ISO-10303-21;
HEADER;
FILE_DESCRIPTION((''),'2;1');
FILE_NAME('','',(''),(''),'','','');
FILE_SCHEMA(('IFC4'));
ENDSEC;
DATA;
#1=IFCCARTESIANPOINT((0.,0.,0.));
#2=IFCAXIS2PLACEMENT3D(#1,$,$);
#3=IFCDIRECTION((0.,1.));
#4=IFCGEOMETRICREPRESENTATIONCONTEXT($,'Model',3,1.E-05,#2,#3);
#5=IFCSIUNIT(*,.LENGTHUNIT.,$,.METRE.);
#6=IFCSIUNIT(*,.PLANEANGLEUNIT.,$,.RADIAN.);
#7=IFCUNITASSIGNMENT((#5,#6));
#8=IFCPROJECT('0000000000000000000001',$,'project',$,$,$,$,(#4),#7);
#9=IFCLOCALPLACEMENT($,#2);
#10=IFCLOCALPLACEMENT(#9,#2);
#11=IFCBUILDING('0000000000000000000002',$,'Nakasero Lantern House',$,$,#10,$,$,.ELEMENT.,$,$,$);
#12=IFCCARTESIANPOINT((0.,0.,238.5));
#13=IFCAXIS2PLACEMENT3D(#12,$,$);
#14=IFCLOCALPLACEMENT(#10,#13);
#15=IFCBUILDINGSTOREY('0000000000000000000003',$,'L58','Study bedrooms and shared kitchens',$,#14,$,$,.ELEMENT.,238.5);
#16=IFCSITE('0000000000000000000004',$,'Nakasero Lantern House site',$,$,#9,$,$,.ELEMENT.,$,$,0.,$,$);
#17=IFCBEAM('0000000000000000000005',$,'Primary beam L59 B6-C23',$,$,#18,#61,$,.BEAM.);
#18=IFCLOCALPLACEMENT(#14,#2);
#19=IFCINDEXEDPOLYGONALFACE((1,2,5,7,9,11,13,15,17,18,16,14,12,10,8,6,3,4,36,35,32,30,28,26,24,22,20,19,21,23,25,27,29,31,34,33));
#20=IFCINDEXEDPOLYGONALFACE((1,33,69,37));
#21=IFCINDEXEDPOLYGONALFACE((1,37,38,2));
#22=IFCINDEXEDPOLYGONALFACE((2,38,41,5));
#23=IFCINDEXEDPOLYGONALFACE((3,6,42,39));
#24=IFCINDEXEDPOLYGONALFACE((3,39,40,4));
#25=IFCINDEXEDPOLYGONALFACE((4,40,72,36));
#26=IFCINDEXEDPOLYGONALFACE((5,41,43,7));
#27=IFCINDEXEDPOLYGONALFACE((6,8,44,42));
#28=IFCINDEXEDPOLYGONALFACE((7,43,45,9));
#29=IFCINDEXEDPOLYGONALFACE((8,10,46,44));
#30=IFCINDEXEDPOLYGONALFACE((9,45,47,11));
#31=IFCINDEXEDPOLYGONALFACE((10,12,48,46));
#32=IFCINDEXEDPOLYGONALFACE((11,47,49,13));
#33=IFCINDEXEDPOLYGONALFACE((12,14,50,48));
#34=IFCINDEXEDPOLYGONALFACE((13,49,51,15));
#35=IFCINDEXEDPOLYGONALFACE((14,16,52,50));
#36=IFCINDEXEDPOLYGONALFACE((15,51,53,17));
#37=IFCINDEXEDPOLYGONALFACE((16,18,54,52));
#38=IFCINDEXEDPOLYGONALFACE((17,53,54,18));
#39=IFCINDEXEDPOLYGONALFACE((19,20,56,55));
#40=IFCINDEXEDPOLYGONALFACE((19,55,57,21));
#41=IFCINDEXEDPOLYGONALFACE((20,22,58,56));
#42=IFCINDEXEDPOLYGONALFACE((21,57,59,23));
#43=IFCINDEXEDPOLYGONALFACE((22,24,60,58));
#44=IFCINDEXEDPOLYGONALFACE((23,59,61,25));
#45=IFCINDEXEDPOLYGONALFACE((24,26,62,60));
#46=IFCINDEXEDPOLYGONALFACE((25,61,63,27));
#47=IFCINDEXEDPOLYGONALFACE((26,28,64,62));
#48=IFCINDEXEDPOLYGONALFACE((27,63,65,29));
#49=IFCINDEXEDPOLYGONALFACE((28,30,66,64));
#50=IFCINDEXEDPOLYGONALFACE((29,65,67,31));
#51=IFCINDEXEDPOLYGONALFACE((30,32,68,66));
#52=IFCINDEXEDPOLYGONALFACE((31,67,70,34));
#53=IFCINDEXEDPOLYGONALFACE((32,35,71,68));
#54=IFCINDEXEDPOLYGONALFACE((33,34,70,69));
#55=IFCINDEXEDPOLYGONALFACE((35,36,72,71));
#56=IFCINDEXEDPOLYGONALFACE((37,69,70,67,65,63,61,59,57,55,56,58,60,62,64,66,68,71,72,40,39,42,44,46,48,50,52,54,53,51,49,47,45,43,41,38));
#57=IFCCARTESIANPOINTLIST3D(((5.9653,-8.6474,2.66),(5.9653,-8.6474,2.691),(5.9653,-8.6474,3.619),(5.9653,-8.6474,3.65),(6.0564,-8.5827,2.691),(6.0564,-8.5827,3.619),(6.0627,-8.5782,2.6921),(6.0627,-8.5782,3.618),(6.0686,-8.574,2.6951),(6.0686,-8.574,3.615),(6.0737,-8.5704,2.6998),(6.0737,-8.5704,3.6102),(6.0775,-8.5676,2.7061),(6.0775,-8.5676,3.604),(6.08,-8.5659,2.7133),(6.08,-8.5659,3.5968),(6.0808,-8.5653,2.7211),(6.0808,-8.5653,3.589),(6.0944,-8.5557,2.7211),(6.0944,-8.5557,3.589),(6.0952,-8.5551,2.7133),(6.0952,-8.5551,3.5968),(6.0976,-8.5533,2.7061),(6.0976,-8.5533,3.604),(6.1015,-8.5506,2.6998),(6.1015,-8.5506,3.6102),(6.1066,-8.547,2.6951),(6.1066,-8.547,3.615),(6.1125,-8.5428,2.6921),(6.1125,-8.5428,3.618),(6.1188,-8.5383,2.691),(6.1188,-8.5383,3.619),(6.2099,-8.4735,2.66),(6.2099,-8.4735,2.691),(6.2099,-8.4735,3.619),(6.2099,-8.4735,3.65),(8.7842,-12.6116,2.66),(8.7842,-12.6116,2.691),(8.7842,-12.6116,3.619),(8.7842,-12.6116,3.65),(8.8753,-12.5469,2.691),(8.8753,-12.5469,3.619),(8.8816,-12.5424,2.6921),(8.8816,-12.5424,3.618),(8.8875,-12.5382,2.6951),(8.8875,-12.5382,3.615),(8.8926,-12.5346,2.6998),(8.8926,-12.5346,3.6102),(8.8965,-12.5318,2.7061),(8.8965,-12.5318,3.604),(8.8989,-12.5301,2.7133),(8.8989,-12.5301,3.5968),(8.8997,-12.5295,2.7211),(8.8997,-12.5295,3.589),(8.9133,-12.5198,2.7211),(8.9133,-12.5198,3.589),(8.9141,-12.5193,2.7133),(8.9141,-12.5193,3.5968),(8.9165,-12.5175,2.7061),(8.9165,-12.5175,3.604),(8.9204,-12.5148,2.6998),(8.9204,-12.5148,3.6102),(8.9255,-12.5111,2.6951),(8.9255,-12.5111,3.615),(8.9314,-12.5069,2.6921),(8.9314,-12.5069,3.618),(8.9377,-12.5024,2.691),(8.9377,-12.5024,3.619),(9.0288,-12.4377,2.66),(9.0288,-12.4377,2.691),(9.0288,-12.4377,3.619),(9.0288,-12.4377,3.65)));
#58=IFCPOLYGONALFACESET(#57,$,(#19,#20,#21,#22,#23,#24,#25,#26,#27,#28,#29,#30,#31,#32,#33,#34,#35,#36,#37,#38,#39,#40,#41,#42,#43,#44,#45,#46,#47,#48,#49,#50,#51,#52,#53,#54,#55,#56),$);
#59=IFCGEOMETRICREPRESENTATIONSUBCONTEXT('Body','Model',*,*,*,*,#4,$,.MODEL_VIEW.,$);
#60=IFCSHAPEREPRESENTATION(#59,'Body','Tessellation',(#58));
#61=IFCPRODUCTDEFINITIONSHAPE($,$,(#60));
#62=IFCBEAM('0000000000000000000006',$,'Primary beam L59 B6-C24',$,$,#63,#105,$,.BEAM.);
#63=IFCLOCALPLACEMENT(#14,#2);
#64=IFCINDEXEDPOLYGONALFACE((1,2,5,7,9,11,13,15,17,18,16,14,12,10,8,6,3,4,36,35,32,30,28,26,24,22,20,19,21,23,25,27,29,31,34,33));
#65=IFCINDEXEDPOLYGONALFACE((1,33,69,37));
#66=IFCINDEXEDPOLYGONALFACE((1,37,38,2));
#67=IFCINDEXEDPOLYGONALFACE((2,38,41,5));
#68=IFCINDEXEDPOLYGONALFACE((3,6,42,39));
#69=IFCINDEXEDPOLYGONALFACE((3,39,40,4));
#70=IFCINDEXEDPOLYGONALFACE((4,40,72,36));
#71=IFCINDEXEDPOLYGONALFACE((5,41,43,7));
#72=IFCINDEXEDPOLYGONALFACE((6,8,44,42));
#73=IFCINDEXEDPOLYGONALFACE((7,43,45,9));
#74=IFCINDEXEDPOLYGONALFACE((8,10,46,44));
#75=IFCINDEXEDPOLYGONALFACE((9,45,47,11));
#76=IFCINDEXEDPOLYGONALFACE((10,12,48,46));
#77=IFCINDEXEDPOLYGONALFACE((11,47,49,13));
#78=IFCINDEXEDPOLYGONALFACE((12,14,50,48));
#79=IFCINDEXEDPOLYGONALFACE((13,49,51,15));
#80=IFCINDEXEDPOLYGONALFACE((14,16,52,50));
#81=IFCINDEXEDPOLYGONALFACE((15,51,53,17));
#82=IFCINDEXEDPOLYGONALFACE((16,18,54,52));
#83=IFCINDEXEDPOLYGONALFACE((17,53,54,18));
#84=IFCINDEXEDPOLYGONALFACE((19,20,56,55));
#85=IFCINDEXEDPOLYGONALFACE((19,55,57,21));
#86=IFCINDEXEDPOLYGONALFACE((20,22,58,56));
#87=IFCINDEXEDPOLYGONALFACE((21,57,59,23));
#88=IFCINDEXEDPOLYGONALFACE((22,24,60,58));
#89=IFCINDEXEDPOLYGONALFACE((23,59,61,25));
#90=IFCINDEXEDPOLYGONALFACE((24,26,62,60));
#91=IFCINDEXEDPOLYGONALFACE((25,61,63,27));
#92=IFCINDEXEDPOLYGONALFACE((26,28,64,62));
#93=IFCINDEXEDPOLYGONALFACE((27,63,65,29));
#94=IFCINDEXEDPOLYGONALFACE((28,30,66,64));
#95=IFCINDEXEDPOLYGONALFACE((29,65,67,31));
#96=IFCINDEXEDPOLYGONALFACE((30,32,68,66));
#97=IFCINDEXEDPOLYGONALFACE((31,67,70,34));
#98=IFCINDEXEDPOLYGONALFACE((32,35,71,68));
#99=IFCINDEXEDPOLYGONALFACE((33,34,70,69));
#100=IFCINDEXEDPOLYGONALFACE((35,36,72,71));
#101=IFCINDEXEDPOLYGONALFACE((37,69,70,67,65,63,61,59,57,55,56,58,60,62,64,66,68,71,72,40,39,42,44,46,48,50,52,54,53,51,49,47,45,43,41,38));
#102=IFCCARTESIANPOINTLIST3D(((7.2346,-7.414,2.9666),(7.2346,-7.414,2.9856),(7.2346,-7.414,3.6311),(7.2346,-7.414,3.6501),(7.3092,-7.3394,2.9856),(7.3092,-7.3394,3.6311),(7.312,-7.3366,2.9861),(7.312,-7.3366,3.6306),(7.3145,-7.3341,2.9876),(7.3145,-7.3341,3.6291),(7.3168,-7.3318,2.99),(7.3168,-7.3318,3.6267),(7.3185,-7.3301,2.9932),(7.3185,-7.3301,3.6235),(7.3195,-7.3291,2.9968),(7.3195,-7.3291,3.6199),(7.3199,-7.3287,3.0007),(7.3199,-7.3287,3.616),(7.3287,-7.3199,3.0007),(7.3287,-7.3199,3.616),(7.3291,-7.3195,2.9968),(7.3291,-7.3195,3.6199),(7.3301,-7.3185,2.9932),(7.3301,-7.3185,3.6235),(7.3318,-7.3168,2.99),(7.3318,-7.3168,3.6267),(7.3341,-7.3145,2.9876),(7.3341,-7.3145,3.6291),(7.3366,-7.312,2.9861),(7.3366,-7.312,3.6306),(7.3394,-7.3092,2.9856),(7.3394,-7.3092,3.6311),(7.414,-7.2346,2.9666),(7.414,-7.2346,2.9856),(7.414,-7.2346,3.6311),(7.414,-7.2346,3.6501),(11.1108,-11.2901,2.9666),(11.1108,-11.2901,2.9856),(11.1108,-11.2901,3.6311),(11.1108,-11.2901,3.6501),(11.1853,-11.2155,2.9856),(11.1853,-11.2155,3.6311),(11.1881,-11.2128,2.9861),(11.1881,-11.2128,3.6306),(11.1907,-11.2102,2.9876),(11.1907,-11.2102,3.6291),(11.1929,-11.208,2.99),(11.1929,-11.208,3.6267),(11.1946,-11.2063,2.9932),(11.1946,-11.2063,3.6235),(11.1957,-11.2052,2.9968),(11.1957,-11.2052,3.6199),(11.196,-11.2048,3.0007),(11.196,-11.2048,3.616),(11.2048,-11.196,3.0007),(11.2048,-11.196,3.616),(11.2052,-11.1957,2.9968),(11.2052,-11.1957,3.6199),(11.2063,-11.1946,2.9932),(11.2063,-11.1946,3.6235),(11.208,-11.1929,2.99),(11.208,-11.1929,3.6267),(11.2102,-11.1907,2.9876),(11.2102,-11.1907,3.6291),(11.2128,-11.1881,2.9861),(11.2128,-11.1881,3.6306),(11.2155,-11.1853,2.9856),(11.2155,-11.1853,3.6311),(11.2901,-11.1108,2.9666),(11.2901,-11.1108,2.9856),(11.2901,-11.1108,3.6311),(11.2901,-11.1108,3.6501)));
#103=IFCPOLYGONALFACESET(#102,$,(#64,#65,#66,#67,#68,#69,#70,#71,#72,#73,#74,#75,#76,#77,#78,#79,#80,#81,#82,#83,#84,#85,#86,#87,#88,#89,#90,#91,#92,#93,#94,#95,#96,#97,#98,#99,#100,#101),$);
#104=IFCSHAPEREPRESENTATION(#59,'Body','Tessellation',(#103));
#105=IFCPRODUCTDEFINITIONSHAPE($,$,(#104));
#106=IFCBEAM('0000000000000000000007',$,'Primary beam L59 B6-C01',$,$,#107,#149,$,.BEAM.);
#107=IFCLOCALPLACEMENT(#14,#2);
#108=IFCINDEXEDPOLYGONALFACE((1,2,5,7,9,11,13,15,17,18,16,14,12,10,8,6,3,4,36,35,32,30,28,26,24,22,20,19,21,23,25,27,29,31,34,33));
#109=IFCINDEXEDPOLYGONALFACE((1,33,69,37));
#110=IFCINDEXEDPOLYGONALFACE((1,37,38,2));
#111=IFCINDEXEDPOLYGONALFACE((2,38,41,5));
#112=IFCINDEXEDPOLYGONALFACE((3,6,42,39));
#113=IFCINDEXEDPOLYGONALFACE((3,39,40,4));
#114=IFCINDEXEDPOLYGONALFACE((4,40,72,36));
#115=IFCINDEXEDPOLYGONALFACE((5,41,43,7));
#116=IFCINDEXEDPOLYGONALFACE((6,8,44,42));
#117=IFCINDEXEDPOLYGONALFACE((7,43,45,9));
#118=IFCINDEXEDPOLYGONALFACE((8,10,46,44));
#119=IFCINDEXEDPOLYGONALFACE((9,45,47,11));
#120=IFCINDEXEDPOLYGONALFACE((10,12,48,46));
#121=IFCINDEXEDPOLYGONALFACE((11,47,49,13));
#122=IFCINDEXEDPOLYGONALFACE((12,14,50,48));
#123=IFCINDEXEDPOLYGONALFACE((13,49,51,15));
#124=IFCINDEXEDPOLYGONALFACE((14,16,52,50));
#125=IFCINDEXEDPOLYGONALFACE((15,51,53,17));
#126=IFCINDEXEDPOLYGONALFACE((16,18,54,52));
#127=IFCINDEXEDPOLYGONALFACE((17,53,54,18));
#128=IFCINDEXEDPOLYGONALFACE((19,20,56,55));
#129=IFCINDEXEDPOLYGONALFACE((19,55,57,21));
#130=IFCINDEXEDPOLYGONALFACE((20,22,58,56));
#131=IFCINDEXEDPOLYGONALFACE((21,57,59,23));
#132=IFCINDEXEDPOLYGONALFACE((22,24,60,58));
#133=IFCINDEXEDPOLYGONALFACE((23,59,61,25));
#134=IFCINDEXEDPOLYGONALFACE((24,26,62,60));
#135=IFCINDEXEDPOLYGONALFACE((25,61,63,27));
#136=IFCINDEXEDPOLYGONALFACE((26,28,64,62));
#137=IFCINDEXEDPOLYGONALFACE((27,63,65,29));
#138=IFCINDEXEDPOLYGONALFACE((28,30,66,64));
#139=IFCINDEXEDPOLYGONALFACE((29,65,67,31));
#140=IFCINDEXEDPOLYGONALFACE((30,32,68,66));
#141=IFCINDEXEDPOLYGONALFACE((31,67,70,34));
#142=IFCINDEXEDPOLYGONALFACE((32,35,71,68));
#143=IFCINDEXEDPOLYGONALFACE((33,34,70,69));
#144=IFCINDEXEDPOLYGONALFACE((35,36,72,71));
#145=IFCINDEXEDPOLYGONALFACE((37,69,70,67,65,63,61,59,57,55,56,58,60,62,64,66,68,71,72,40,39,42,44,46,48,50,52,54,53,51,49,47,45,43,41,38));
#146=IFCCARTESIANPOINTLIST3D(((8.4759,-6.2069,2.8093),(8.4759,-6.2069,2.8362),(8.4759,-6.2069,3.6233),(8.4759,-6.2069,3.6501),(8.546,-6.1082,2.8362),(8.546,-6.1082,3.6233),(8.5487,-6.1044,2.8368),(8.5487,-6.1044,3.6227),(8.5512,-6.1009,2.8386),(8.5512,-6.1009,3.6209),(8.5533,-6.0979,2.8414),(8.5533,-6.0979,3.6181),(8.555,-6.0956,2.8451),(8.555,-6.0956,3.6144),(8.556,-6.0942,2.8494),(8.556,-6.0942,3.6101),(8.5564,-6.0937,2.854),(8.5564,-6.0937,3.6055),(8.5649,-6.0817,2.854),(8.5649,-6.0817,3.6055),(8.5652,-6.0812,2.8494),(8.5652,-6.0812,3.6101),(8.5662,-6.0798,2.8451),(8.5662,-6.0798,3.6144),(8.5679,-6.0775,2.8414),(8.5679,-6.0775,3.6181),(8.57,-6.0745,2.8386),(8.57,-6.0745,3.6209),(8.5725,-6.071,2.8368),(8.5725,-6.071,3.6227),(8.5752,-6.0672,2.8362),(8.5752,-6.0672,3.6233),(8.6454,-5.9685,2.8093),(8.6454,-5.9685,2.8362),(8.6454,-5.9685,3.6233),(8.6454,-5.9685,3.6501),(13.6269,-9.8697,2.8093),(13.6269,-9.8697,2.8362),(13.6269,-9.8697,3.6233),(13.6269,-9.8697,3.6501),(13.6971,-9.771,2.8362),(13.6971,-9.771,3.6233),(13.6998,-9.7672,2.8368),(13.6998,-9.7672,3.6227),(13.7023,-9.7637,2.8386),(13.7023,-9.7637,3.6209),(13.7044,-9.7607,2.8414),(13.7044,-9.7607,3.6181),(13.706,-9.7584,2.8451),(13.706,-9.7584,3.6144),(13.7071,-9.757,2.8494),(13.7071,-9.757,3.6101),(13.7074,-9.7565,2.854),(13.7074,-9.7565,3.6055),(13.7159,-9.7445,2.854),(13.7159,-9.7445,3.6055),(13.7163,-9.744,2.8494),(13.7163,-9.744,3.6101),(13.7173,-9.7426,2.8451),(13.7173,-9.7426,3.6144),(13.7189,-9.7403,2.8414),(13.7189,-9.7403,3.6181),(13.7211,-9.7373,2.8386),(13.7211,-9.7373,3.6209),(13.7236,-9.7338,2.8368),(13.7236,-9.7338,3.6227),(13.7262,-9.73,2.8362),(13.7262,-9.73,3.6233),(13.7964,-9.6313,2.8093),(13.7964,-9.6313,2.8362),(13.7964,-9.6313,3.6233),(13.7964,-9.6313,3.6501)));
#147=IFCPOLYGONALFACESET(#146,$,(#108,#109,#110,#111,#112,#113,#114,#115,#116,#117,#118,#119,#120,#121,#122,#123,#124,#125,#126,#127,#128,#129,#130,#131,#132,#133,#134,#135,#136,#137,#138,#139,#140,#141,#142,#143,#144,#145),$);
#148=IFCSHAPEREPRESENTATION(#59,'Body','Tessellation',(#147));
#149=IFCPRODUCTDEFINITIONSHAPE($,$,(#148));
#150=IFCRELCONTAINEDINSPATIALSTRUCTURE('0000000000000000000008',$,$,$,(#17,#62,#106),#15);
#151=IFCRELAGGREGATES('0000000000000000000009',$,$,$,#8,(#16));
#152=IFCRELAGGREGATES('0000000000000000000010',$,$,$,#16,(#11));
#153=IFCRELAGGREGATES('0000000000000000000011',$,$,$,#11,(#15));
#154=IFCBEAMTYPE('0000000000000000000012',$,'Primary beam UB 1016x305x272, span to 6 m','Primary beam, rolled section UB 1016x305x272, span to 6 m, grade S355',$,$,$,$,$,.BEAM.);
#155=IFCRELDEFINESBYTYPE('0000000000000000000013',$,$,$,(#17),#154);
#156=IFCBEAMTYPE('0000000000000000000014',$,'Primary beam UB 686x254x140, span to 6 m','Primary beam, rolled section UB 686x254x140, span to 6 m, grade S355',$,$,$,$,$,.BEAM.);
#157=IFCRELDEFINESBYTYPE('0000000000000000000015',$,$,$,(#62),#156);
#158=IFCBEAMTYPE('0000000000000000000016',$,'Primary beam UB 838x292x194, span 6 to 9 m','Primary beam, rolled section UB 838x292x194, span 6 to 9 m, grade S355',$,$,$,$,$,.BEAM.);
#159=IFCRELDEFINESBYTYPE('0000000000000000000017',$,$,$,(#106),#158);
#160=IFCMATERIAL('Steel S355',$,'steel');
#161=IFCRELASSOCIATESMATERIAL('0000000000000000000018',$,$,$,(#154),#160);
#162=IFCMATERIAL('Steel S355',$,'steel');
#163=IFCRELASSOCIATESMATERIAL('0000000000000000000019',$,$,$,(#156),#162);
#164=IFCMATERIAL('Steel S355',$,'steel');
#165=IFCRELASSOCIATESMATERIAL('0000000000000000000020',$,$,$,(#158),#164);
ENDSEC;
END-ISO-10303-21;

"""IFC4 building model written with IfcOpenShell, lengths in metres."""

from ifc_helpers import new_model, si_unit, direction, frame, origin, origin_2d, place, context, subcontext, project, spatial, i_section, extrude, material, material_profile, profile_set, type_object, element, save


model = new_model("IFC4")

# Units and contexts
model_context = context("Model", 3, precision=1e-05, world=origin(), true_north=direction((0.0, 1.0)))
body_context = subcontext(model_context, "Body", "Model", "MODEL_VIEW")
ifc_project = project(units=[si_unit("LENGTHUNIT", "METRE"), si_unit("PLANEANGLEUNIT", "RADIAN")], contexts=[model_context])

# Site, building, storey
site_placement = place(None, origin())
site = spatial("IfcSite", under=ifc_project, at=site_placement, Name="Nakasero Lantern House site", CompositionType="ELEMENT", RefElevation=0.0)
building_placement = place(site_placement, origin())
building = spatial("IfcBuilding", under=site, at=building_placement, Name="Nakasero Lantern House", CompositionType="ELEMENT")
storey_placement = place(building_placement, frame((0.0, 0.0, 238.5)))
storey = spatial("IfcBuildingStorey", under=building, at=storey_placement, Name="L58", Description="Study bedrooms and shared kitchens", CompositionType="ELEMENT", Elevation=238.5)

# Beams
ifc_material_1 = material(Name="Steel S355", Category="steel")
ifc_material_profile_1 = material_profile(ifc_material_1, i_section(OverallWidth=0.3, OverallDepth=0.99, WebThickness=0.0166, FlangeThickness=0.031, FilletRadius=0.03, at=origin_2d()), Name="UB 1016x305x272")
ifc_profile_set_1 = profile_set([ifc_material_profile_1], Name="Steel S355")
beam_type_1 = type_object("IfcBeamType", Name="Primary beam UB 1016x305x272, span to 6 m", Description="Primary beam, rolled section UB 1016x305x272, span to 6 m, grade S355", PredefinedType="BEAM", material=ifc_profile_set_1)
beam_1_placement = place(storey_placement, frame((8.9065, -12.5247, 3.155), z_axis=(-0.579513, 0.814963, 0.0), x_axis=(-0.814963, -0.579513, 0.0)))
element("IfcBeam", 1, at=beam_1_placement, inside=storey, type_object=beam_type_1, Name="Primary beam L59 B6-C23", PredefinedType="BEAM", context=body_context, shape_type="SweptSolid", body=[
    extrude(i_section(OverallWidth=0.3, OverallDepth=0.99, WebThickness=0.0166, FlangeThickness=0.031, FilletRadius=0.03, at=origin_2d()), origin(), (0.0, 0.0, 1.0), 4.8643),
])
ifc_material_2 = material(Name="Steel S355", Category="steel")
ifc_material_profile_2 = material_profile(ifc_material_2, i_section(OverallWidth=0.2537, OverallDepth=0.6836, WebThickness=0.0125, FlangeThickness=0.019, FilletRadius=0.0151, at=origin_2d()), Name="UB 686x254x140")
ifc_profile_set_2 = profile_set([ifc_material_profile_2], Name="Steel S355")
beam_type_2 = type_object("IfcBeamType", Name="Primary beam UB 686x254x140, span to 6 m", Description="Primary beam, rolled section UB 686x254x140, span to 6 m, grade S355", PredefinedType="BEAM", material=ifc_profile_set_2)
beam_2_placement = place(storey_placement, frame((11.2004, -11.2004, 3.3083), z_axis=(-0.707107, 0.707107, 0.0), x_axis=(-0.707107, -0.707107, 0.0)))
element("IfcBeam", 2, at=beam_2_placement, inside=storey, type_object=beam_type_2, Name="Primary beam L59 B6-C24", PredefinedType="BEAM", context=body_context, shape_type="SweptSolid", body=[
    extrude(i_section(OverallWidth=0.2537, OverallDepth=0.6836, WebThickness=0.0125, FlangeThickness=0.019, FilletRadius=0.0151, at=origin_2d()), origin(), (0.0, 0.0, 1.0), 5.4817),
])
ifc_material_3 = material(Name="Steel S355", Category="steel")
ifc_material_profile_3 = material_profile(ifc_material_3, i_section(OverallWidth=0.2925, OverallDepth=0.8408, WebThickness=0.0146, FlangeThickness=0.0269, FilletRadius=0.0178, at=origin_2d()), Name="UB 838x292x194")
ifc_profile_set_3 = profile_set([ifc_material_profile_3], Name="Steel S355")
beam_type_3 = type_object("IfcBeamType", Name="Primary beam UB 838x292x194, span 6 to 9 m", Description="Primary beam, rolled section UB 838x292x194, span 6 to 9 m, grade S355", PredefinedType="BEAM", material=ifc_profile_set_3)
beam_3_placement = place(storey_placement, frame((13.7117, -9.7505, 3.2297), z_axis=(-0.814969, 0.579505, 0.0), x_axis=(-0.579505, -0.814969, 0.0)))
element("IfcBeam", 3, at=beam_3_placement, inside=storey, type_object=beam_type_3, Name="Primary beam L59 B6-C01", PredefinedType="BEAM", context=body_context, shape_type="SweptSolid", body=[
    extrude(i_section(OverallWidth=0.2925, OverallDepth=0.8408, WebThickness=0.0146, FlangeThickness=0.0269, FilletRadius=0.0178, at=origin_2d()), origin(), (0.0, 0.0, 1.0), 6.3206),
])

save(model, "model.ifc")
